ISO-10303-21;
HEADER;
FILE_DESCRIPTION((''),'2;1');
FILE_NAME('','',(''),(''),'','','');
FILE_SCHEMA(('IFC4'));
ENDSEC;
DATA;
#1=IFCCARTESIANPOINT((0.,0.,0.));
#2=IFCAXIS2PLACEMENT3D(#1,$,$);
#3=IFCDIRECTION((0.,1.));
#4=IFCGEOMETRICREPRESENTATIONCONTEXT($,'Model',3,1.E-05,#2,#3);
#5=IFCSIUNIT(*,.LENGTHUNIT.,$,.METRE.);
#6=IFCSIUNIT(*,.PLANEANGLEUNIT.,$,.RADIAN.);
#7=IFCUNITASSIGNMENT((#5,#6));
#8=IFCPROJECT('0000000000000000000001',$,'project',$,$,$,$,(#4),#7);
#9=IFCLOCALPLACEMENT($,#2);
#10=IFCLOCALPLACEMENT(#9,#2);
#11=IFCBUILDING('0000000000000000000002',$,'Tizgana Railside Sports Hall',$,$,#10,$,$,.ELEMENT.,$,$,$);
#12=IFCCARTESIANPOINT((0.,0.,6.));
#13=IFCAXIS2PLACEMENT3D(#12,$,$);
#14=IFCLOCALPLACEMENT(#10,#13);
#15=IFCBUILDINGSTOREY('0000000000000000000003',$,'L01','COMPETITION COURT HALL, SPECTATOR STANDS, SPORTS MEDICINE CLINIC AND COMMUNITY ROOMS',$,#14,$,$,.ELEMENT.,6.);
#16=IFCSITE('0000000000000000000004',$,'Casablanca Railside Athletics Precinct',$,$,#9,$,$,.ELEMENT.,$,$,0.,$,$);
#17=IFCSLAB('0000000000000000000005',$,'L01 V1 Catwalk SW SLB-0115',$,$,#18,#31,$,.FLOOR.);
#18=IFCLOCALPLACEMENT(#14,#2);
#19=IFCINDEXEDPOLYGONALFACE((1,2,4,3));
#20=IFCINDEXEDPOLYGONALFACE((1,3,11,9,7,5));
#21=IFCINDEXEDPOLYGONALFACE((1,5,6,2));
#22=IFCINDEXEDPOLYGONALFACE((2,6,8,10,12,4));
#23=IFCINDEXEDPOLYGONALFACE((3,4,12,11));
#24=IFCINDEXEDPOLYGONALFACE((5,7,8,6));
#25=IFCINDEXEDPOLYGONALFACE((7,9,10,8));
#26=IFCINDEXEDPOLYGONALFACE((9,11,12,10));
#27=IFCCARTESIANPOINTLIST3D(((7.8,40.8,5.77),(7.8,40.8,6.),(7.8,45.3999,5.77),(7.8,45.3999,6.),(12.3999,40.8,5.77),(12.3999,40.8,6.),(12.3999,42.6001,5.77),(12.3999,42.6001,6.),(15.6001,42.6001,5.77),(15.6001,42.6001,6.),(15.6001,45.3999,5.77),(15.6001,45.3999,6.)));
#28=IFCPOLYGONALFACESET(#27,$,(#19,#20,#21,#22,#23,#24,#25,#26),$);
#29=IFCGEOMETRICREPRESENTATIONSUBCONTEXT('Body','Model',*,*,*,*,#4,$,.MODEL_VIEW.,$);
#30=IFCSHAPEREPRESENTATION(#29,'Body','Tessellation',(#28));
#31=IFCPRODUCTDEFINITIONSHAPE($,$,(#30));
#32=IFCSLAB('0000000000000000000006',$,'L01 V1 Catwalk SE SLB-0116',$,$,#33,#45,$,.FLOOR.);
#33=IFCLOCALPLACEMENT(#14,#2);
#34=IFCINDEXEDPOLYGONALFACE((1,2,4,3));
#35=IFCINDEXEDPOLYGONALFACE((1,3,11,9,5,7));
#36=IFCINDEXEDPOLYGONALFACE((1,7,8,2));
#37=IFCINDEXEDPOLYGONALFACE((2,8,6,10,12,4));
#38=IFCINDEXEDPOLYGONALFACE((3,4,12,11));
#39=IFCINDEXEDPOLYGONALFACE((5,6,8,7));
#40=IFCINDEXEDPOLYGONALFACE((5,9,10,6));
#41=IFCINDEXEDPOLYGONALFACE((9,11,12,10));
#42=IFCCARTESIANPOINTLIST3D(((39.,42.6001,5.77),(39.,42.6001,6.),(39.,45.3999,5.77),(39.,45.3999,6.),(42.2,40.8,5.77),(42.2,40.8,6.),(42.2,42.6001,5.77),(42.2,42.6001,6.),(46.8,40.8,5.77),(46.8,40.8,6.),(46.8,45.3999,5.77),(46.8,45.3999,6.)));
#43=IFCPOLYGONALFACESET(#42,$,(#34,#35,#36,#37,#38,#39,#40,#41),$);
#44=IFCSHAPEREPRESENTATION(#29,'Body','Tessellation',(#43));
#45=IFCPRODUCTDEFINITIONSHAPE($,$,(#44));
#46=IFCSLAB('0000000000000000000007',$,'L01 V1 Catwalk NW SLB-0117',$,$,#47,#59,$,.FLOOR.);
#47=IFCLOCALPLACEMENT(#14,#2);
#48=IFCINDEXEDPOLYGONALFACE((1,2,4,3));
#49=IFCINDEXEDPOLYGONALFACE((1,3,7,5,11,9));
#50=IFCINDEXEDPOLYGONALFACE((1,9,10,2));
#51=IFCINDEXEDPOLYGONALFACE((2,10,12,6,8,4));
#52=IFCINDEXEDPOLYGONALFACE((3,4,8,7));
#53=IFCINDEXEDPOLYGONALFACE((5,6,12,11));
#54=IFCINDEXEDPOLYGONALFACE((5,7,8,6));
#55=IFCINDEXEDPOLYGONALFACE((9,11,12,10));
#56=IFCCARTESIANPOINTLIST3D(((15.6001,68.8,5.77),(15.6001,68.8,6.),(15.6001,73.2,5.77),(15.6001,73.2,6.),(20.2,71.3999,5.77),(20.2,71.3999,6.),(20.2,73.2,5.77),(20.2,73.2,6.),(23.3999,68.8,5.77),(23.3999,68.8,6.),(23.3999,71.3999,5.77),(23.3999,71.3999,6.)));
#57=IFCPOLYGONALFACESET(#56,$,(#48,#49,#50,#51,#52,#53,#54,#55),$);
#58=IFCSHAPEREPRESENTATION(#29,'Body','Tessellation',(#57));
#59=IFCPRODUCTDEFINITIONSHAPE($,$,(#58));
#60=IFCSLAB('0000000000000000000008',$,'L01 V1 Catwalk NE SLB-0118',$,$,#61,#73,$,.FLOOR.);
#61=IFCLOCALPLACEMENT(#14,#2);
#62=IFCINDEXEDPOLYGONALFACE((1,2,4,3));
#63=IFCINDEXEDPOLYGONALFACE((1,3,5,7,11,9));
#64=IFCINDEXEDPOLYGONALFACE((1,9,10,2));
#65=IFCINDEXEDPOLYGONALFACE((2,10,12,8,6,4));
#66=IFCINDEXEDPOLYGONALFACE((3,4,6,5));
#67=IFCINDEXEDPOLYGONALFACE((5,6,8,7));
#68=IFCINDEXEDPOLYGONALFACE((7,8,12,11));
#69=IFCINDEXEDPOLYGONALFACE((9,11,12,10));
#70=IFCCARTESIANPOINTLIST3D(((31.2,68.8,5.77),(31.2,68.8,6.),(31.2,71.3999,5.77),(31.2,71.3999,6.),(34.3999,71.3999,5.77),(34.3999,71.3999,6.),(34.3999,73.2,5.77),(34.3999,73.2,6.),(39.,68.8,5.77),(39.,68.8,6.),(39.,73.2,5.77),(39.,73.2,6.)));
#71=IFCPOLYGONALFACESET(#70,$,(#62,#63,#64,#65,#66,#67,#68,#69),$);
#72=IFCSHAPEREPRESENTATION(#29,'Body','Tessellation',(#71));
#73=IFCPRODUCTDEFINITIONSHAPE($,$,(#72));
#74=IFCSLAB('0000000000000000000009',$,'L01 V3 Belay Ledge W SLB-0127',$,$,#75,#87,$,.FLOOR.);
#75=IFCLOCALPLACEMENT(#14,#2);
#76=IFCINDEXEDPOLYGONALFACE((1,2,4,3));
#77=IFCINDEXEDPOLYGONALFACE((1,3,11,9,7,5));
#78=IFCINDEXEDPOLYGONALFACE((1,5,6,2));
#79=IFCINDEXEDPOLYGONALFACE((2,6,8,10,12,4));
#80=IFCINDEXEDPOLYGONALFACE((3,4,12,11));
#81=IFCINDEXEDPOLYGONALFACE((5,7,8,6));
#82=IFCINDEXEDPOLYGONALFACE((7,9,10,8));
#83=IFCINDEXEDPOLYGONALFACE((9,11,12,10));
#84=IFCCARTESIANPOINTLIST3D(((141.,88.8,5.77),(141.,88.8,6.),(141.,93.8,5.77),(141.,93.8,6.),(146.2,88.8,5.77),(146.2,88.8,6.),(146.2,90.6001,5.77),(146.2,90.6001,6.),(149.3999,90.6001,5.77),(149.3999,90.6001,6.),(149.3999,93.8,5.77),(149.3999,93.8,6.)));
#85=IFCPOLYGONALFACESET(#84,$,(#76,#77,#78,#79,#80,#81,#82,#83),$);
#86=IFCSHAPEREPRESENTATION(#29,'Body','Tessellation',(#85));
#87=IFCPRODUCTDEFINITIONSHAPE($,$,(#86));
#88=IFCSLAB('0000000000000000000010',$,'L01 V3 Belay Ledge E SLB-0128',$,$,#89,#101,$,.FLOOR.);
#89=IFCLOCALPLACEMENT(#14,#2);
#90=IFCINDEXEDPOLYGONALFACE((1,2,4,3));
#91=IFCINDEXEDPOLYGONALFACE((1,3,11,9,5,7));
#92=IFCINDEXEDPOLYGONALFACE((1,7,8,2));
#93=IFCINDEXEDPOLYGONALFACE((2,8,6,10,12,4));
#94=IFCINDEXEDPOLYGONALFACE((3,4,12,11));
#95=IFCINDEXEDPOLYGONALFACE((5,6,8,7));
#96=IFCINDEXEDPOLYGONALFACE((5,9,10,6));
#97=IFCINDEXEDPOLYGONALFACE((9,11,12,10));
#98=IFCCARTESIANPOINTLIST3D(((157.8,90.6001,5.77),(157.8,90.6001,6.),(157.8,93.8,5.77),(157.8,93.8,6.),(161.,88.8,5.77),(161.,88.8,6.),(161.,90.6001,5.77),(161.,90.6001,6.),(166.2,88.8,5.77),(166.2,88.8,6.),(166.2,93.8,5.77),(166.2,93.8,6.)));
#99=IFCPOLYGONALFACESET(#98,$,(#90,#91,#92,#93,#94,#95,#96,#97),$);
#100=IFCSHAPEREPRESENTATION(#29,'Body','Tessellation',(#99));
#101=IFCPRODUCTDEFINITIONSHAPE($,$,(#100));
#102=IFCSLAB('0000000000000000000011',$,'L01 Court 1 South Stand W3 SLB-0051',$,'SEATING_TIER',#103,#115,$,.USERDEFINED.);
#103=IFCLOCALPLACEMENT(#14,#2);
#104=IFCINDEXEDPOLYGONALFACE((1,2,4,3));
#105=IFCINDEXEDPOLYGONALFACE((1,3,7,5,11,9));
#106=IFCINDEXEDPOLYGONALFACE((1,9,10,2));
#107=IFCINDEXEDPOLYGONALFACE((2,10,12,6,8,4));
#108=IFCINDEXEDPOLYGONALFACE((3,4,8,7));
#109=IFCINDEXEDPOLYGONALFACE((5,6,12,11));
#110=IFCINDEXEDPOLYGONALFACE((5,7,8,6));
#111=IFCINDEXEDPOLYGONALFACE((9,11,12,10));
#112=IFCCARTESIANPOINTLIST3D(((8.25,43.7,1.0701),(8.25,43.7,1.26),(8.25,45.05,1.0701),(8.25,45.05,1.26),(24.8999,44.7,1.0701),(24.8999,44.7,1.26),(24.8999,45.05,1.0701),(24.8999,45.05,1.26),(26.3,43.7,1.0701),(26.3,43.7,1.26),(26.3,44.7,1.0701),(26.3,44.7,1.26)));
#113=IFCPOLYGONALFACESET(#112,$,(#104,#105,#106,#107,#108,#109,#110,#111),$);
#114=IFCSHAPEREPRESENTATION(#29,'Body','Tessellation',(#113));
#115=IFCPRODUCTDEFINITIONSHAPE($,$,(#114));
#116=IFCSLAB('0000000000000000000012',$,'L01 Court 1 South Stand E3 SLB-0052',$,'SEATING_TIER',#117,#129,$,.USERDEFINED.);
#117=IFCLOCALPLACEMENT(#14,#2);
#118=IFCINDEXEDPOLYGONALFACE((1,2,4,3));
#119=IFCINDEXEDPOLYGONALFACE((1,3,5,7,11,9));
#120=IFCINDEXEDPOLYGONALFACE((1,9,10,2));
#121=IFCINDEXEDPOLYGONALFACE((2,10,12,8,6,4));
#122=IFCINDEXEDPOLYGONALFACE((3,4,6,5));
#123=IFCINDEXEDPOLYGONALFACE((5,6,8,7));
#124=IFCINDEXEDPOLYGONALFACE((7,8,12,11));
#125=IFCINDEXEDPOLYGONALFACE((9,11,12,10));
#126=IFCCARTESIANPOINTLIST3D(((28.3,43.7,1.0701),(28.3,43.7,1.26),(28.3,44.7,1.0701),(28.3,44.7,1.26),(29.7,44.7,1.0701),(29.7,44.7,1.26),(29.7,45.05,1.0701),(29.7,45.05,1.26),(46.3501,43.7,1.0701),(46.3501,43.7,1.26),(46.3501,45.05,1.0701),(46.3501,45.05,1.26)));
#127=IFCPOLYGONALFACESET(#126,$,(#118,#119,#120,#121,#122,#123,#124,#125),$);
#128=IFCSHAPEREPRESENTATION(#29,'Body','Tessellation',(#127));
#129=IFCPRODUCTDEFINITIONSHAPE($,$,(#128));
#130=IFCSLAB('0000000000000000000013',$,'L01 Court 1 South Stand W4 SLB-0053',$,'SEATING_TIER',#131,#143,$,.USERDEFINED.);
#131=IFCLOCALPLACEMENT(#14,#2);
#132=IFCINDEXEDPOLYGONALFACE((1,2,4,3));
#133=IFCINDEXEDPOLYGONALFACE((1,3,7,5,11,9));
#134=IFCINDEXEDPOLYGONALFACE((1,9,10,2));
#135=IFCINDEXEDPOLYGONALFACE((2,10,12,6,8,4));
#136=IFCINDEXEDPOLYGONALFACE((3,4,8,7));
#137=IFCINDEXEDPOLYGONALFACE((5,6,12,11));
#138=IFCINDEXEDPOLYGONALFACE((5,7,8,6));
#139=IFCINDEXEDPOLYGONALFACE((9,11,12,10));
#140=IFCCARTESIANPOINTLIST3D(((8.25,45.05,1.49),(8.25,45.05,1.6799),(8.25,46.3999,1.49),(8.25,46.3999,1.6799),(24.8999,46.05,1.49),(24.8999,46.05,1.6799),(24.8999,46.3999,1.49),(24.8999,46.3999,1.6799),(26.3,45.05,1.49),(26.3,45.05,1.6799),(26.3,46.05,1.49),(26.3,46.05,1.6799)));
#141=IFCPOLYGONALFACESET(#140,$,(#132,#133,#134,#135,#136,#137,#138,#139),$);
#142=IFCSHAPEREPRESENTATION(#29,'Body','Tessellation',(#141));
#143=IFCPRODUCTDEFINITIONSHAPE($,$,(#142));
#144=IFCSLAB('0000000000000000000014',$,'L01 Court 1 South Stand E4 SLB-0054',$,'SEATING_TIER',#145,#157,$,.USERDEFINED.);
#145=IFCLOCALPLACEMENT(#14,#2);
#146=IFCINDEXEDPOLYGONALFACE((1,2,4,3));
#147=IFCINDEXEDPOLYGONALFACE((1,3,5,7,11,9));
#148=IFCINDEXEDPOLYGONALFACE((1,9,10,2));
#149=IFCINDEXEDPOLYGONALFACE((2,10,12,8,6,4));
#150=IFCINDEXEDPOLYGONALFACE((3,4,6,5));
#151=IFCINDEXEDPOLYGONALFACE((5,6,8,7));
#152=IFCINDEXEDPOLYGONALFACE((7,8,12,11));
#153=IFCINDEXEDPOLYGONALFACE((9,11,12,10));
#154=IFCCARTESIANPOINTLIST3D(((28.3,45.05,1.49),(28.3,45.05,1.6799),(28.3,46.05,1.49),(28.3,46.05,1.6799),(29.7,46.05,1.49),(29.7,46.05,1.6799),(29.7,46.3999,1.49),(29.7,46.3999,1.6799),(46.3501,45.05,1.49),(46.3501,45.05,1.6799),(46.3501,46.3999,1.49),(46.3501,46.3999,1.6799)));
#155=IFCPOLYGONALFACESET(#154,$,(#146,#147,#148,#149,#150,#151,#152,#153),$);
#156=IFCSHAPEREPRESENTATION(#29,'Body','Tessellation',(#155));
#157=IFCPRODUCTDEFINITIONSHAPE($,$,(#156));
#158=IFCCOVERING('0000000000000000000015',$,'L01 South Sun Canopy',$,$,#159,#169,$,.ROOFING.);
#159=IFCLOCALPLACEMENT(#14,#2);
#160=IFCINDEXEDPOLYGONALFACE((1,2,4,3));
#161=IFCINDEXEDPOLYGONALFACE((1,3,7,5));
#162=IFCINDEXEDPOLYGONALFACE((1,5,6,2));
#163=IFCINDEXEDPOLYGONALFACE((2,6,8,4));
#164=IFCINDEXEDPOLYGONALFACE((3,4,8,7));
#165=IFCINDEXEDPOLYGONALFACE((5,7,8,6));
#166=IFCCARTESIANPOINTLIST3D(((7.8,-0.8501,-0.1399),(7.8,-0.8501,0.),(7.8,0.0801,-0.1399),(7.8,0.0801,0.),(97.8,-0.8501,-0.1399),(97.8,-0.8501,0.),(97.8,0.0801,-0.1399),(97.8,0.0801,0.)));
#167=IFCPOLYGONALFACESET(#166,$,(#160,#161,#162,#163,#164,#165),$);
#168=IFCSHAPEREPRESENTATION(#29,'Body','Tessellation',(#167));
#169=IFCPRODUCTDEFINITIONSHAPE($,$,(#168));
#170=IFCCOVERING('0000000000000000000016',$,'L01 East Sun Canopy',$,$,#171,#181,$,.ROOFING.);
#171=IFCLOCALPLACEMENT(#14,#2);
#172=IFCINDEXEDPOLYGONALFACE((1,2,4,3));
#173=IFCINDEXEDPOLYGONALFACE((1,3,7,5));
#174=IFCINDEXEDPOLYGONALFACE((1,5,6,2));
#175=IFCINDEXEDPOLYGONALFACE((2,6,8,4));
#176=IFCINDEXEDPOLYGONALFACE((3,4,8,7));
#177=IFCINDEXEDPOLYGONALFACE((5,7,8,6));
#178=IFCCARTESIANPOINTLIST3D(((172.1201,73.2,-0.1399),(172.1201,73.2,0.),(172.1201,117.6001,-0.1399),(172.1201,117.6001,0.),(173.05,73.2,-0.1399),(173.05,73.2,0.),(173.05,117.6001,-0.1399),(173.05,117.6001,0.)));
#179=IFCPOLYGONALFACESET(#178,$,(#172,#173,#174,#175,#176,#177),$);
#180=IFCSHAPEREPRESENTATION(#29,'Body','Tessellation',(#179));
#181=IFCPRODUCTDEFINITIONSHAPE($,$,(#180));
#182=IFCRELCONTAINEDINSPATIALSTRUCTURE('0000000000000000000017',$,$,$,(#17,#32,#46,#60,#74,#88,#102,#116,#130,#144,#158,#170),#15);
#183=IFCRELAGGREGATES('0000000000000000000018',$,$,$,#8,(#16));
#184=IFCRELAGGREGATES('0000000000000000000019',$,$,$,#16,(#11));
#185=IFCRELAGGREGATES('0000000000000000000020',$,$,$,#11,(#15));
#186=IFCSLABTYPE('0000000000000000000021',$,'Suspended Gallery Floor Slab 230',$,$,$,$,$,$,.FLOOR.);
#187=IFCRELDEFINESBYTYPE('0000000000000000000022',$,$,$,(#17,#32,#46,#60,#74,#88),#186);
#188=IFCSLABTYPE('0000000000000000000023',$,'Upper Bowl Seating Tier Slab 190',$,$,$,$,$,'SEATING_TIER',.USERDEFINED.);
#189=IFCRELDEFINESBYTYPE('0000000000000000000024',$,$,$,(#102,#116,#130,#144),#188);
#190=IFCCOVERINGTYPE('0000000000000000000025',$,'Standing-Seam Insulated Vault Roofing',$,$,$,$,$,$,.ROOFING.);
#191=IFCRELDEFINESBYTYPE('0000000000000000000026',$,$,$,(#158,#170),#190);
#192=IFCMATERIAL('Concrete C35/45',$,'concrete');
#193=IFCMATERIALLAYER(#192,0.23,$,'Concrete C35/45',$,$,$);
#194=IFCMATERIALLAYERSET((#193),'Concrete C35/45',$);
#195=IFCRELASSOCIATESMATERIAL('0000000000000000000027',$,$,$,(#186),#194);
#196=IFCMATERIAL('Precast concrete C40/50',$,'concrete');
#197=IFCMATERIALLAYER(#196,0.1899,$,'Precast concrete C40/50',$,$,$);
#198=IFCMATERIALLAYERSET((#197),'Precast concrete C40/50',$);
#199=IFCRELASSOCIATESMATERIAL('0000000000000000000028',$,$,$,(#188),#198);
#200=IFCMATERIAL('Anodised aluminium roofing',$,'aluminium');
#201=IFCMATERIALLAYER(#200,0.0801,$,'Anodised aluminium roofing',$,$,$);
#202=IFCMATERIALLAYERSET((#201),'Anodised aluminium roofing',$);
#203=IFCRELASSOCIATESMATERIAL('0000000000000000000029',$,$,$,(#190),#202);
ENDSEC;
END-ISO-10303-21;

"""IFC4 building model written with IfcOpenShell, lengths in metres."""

from ifc_helpers import new_model, si_unit, direction, frame, origin, place, context, subcontext, project, spatial, polyline, outline, extrude, material, layer, layer_set, type_object, element, save


model = new_model("IFC4")

# Units and contexts
model_context = context("Model", 3, precision=1e-05, world=origin(), true_north=direction((0.0, 1.0)))
body_context = subcontext(model_context, "Body", "Model", "MODEL_VIEW")
ifc_project = project(units=[si_unit("LENGTHUNIT", "METRE"), si_unit("PLANEANGLEUNIT", "RADIAN")], contexts=[model_context])

# Site, building, storey
site_placement = place(None, origin())
site = spatial("IfcSite", under=ifc_project, at=site_placement, Name="Casablanca Railside Athletics Precinct", CompositionType="ELEMENT", RefElevation=0.0)
building_placement = place(site_placement, origin())
building = spatial("IfcBuilding", under=site, at=building_placement, Name="Tizgana Railside Sports Hall", CompositionType="ELEMENT")
storey_placement = place(building_placement, frame((0.0, 0.0, 6.0)))
storey = spatial("IfcBuildingStorey", under=building, at=storey_placement, Name="L01", Description="COMPETITION COURT HALL, SPECTATOR STANDS, SPORTS MEDICINE CLINIC AND COMMUNITY ROOMS", CompositionType="ELEMENT", Elevation=6.0)

# Shared definitions
ifc_material_1 = material(Name="Concrete C35/45", Category="concrete")

# Slabs
ifc_material_2 = material(Name="Precast concrete C40/50", Category="concrete")
ifc_layer_1 = layer(ifc_material_1, 0.23, Name="Concrete C35/45")
ifc_layer_set_1 = layer_set([ifc_layer_1], Name="Concrete C35/45")
slab_type_1 = type_object("IfcSlabType", Name="Suspended Gallery Floor Slab 230", PredefinedType="FLOOR", material=ifc_layer_set_1)
slab_1_placement = place(storey_placement, frame((0.0, 0.0, 5.77)))
element("IfcSlab", 1, at=slab_1_placement, inside=storey, type_object=slab_type_1, Name="L01 V1 Catwalk SW SLB-0115", PredefinedType="FLOOR", context=body_context, shape_type="SweptSolid", body=[
    extrude(outline(polyline([(7.8, 40.8), (12.3999, 40.8), (12.3999, 42.6001), (15.6001, 42.6001), (15.6001, 45.3999), (7.8, 45.3999), (7.8, 40.8)])), origin(), (0.0, 0.0, 1.0), 0.23),
])
slab_2_placement = place(storey_placement, frame((0.0, 0.0, 5.77)))
element("IfcSlab", 2, at=slab_2_placement, inside=storey, type_object=slab_type_1, Name="L01 V1 Catwalk SE SLB-0116", PredefinedType="FLOOR", context=body_context, shape_type="SweptSolid", body=[
    extrude(outline(polyline([(42.2, 40.8), (46.8, 40.8), (46.8, 45.3999), (39.0, 45.3999), (39.0, 42.6001), (42.2, 42.6001), (42.2, 40.8)])), origin(), (0.0, 0.0, 1.0), 0.23),
])
slab_3_placement = place(storey_placement, frame((0.0, 0.0, 5.77)))
element("IfcSlab", 3, at=slab_3_placement, inside=storey, type_object=slab_type_1, Name="L01 V1 Catwalk NW SLB-0117", PredefinedType="FLOOR", context=body_context, shape_type="SweptSolid", body=[
    extrude(outline(polyline([(15.6001, 68.8), (23.3999, 68.8), (23.3999, 71.3999), (20.2, 71.3999), (20.2, 73.2), (15.6001, 73.2), (15.6001, 68.8)])), origin(), (0.0, 0.0, 1.0), 0.23),
])
slab_4_placement = place(storey_placement, frame((0.0, 0.0, 5.77)))
element("IfcSlab", 4, at=slab_4_placement, inside=storey, type_object=slab_type_1, Name="L01 V1 Catwalk NE SLB-0118", PredefinedType="FLOOR", context=body_context, shape_type="SweptSolid", body=[
    extrude(outline(polyline([(31.2, 68.8), (39.0, 68.8), (39.0, 73.2), (34.3999, 73.2), (34.3999, 71.3999), (31.2, 71.3999), (31.2, 68.8)])), origin(), (0.0, 0.0, 1.0), 0.23),
])
slab_5_placement = place(storey_placement, frame((0.0, 0.0, 5.77)))
element("IfcSlab", 5, at=slab_5_placement, inside=storey, type_object=slab_type_1, Name="L01 V3 Belay Ledge W SLB-0127", PredefinedType="FLOOR", context=body_context, shape_type="SweptSolid", body=[
    extrude(outline(polyline([(141.0, 88.8), (146.2, 88.8), (146.2, 90.6001), (149.3999, 90.6001), (149.3999, 93.8), (141.0, 93.8), (141.0, 88.8)])), origin(), (0.0, 0.0, 1.0), 0.23),
])
slab_6_placement = place(storey_placement, frame((0.0, 0.0, 5.77)))
element("IfcSlab", 6, at=slab_6_placement, inside=storey, type_object=slab_type_1, Name="L01 V3 Belay Ledge E SLB-0128", PredefinedType="FLOOR", context=body_context, shape_type="SweptSolid", body=[
    extrude(outline(polyline([(161.0, 88.8), (166.2, 88.8), (166.2, 93.8), (157.8, 93.8), (157.8, 90.6001), (161.0, 90.6001), (161.0, 88.8)])), origin(), (0.0, 0.0, 1.0), 0.23),
])
ifc_layer_2 = layer(ifc_material_2, 0.1899, Name="Precast concrete C40/50")
ifc_layer_set_2 = layer_set([ifc_layer_2], Name="Precast concrete C40/50")
slab_type_2 = type_object("IfcSlabType", Name="Upper Bowl Seating Tier Slab 190", ElementType="SEATING_TIER", PredefinedType="USERDEFINED", material=ifc_layer_set_2)
slab_7_placement = place(storey_placement, frame((0.0, 0.0, 1.0701)))
element("IfcSlab", 7, at=slab_7_placement, inside=storey, type_object=slab_type_2, Name="L01 Court 1 South Stand W3 SLB-0051", ObjectType="SEATING_TIER", PredefinedType="USERDEFINED", context=body_context, shape_type="SweptSolid", body=[
    extrude(outline(polyline([(8.25, 43.7), (26.3, 43.7), (26.3, 44.7), (24.8999, 44.7), (24.8999, 45.05), (8.25, 45.05), (8.25, 43.7)])), origin(), (0.0, 0.0, 1.0), 0.1899),
])
slab_8_placement = place(storey_placement, frame((0.0, 0.0, 1.0701)))
element("IfcSlab", 8, at=slab_8_placement, inside=storey, type_object=slab_type_2, Name="L01 Court 1 South Stand E3 SLB-0052", ObjectType="SEATING_TIER", PredefinedType="USERDEFINED", context=body_context, shape_type="SweptSolid", body=[
    extrude(outline(polyline([(28.3, 43.7), (46.3501, 43.7), (46.3501, 45.05), (29.7, 45.05), (29.7, 44.7), (28.3, 44.7), (28.3, 43.7)])), origin(), (0.0, 0.0, 1.0), 0.1899),
])
slab_9_placement = place(storey_placement, frame((0.0, 0.0, 1.49)))
element("IfcSlab", 9, at=slab_9_placement, inside=storey, type_object=slab_type_2, Name="L01 Court 1 South Stand W4 SLB-0053", ObjectType="SEATING_TIER", PredefinedType="USERDEFINED", context=body_context, shape_type="SweptSolid", body=[
    extrude(outline(polyline([(8.25, 45.05), (26.3, 45.05), (26.3, 46.05), (24.8999, 46.05), (24.8999, 46.3999), (8.25, 46.3999), (8.25, 45.05)])), origin(), (0.0, 0.0, 1.0), 0.1899),
])
slab_10_placement = place(storey_placement, frame((0.0, 0.0, 1.49)))
element("IfcSlab", 10, at=slab_10_placement, inside=storey, type_object=slab_type_2, Name="L01 Court 1 South Stand E4 SLB-0054", ObjectType="SEATING_TIER", PredefinedType="USERDEFINED", context=body_context, shape_type="SweptSolid", body=[
    extrude(outline(polyline([(28.3, 45.05), (46.3501, 45.05), (46.3501, 46.3999), (29.7, 46.3999), (29.7, 46.05), (28.3, 46.05), (28.3, 45.05)])), origin(), (0.0, 0.0, 1.0), 0.1899),
])

# Coverings
ifc_material_3 = material(Name="Anodised aluminium roofing", Category="aluminium")
ifc_layer_3 = layer(ifc_material_3, 0.0801, Name="Anodised aluminium roofing")
ifc_layer_set_3 = layer_set([ifc_layer_3], Name="Anodised aluminium roofing")
covering_type = type_object("IfcCoveringType", Name="Standing-Seam Insulated Vault Roofing", PredefinedType="ROOFING", material=ifc_layer_set_3)
covering_1_placement = place(storey_placement, frame((0.0, 0.0, -0.1399)))
element("IfcCovering", 11, at=covering_1_placement, inside=storey, type_object=covering_type, Name="L01 South Sun Canopy", PredefinedType="ROOFING", context=body_context, shape_type="SweptSolid", body=[
    extrude(outline(polyline([(7.8, -0.8501), (97.8, -0.8501), (97.8, 0.0801), (7.8, 0.0801), (7.8, -0.8501)])), origin(), (0.0, 0.0, 1.0), 0.1399),
])
covering_2_placement = place(storey_placement, frame((0.0, 0.0, -0.1399)))
element("IfcCovering", 12, at=covering_2_placement, inside=storey, type_object=covering_type, Name="L01 East Sun Canopy", PredefinedType="ROOFING", context=body_context, shape_type="SweptSolid", body=[
    extrude(outline(polyline([(172.1201, 73.2), (173.05, 73.2), (173.05, 117.6001), (172.1201, 117.6001), (172.1201, 73.2)])), origin(), (0.0, 0.0, 1.0), 0.1399),
])

save(model, "model.ifc")
